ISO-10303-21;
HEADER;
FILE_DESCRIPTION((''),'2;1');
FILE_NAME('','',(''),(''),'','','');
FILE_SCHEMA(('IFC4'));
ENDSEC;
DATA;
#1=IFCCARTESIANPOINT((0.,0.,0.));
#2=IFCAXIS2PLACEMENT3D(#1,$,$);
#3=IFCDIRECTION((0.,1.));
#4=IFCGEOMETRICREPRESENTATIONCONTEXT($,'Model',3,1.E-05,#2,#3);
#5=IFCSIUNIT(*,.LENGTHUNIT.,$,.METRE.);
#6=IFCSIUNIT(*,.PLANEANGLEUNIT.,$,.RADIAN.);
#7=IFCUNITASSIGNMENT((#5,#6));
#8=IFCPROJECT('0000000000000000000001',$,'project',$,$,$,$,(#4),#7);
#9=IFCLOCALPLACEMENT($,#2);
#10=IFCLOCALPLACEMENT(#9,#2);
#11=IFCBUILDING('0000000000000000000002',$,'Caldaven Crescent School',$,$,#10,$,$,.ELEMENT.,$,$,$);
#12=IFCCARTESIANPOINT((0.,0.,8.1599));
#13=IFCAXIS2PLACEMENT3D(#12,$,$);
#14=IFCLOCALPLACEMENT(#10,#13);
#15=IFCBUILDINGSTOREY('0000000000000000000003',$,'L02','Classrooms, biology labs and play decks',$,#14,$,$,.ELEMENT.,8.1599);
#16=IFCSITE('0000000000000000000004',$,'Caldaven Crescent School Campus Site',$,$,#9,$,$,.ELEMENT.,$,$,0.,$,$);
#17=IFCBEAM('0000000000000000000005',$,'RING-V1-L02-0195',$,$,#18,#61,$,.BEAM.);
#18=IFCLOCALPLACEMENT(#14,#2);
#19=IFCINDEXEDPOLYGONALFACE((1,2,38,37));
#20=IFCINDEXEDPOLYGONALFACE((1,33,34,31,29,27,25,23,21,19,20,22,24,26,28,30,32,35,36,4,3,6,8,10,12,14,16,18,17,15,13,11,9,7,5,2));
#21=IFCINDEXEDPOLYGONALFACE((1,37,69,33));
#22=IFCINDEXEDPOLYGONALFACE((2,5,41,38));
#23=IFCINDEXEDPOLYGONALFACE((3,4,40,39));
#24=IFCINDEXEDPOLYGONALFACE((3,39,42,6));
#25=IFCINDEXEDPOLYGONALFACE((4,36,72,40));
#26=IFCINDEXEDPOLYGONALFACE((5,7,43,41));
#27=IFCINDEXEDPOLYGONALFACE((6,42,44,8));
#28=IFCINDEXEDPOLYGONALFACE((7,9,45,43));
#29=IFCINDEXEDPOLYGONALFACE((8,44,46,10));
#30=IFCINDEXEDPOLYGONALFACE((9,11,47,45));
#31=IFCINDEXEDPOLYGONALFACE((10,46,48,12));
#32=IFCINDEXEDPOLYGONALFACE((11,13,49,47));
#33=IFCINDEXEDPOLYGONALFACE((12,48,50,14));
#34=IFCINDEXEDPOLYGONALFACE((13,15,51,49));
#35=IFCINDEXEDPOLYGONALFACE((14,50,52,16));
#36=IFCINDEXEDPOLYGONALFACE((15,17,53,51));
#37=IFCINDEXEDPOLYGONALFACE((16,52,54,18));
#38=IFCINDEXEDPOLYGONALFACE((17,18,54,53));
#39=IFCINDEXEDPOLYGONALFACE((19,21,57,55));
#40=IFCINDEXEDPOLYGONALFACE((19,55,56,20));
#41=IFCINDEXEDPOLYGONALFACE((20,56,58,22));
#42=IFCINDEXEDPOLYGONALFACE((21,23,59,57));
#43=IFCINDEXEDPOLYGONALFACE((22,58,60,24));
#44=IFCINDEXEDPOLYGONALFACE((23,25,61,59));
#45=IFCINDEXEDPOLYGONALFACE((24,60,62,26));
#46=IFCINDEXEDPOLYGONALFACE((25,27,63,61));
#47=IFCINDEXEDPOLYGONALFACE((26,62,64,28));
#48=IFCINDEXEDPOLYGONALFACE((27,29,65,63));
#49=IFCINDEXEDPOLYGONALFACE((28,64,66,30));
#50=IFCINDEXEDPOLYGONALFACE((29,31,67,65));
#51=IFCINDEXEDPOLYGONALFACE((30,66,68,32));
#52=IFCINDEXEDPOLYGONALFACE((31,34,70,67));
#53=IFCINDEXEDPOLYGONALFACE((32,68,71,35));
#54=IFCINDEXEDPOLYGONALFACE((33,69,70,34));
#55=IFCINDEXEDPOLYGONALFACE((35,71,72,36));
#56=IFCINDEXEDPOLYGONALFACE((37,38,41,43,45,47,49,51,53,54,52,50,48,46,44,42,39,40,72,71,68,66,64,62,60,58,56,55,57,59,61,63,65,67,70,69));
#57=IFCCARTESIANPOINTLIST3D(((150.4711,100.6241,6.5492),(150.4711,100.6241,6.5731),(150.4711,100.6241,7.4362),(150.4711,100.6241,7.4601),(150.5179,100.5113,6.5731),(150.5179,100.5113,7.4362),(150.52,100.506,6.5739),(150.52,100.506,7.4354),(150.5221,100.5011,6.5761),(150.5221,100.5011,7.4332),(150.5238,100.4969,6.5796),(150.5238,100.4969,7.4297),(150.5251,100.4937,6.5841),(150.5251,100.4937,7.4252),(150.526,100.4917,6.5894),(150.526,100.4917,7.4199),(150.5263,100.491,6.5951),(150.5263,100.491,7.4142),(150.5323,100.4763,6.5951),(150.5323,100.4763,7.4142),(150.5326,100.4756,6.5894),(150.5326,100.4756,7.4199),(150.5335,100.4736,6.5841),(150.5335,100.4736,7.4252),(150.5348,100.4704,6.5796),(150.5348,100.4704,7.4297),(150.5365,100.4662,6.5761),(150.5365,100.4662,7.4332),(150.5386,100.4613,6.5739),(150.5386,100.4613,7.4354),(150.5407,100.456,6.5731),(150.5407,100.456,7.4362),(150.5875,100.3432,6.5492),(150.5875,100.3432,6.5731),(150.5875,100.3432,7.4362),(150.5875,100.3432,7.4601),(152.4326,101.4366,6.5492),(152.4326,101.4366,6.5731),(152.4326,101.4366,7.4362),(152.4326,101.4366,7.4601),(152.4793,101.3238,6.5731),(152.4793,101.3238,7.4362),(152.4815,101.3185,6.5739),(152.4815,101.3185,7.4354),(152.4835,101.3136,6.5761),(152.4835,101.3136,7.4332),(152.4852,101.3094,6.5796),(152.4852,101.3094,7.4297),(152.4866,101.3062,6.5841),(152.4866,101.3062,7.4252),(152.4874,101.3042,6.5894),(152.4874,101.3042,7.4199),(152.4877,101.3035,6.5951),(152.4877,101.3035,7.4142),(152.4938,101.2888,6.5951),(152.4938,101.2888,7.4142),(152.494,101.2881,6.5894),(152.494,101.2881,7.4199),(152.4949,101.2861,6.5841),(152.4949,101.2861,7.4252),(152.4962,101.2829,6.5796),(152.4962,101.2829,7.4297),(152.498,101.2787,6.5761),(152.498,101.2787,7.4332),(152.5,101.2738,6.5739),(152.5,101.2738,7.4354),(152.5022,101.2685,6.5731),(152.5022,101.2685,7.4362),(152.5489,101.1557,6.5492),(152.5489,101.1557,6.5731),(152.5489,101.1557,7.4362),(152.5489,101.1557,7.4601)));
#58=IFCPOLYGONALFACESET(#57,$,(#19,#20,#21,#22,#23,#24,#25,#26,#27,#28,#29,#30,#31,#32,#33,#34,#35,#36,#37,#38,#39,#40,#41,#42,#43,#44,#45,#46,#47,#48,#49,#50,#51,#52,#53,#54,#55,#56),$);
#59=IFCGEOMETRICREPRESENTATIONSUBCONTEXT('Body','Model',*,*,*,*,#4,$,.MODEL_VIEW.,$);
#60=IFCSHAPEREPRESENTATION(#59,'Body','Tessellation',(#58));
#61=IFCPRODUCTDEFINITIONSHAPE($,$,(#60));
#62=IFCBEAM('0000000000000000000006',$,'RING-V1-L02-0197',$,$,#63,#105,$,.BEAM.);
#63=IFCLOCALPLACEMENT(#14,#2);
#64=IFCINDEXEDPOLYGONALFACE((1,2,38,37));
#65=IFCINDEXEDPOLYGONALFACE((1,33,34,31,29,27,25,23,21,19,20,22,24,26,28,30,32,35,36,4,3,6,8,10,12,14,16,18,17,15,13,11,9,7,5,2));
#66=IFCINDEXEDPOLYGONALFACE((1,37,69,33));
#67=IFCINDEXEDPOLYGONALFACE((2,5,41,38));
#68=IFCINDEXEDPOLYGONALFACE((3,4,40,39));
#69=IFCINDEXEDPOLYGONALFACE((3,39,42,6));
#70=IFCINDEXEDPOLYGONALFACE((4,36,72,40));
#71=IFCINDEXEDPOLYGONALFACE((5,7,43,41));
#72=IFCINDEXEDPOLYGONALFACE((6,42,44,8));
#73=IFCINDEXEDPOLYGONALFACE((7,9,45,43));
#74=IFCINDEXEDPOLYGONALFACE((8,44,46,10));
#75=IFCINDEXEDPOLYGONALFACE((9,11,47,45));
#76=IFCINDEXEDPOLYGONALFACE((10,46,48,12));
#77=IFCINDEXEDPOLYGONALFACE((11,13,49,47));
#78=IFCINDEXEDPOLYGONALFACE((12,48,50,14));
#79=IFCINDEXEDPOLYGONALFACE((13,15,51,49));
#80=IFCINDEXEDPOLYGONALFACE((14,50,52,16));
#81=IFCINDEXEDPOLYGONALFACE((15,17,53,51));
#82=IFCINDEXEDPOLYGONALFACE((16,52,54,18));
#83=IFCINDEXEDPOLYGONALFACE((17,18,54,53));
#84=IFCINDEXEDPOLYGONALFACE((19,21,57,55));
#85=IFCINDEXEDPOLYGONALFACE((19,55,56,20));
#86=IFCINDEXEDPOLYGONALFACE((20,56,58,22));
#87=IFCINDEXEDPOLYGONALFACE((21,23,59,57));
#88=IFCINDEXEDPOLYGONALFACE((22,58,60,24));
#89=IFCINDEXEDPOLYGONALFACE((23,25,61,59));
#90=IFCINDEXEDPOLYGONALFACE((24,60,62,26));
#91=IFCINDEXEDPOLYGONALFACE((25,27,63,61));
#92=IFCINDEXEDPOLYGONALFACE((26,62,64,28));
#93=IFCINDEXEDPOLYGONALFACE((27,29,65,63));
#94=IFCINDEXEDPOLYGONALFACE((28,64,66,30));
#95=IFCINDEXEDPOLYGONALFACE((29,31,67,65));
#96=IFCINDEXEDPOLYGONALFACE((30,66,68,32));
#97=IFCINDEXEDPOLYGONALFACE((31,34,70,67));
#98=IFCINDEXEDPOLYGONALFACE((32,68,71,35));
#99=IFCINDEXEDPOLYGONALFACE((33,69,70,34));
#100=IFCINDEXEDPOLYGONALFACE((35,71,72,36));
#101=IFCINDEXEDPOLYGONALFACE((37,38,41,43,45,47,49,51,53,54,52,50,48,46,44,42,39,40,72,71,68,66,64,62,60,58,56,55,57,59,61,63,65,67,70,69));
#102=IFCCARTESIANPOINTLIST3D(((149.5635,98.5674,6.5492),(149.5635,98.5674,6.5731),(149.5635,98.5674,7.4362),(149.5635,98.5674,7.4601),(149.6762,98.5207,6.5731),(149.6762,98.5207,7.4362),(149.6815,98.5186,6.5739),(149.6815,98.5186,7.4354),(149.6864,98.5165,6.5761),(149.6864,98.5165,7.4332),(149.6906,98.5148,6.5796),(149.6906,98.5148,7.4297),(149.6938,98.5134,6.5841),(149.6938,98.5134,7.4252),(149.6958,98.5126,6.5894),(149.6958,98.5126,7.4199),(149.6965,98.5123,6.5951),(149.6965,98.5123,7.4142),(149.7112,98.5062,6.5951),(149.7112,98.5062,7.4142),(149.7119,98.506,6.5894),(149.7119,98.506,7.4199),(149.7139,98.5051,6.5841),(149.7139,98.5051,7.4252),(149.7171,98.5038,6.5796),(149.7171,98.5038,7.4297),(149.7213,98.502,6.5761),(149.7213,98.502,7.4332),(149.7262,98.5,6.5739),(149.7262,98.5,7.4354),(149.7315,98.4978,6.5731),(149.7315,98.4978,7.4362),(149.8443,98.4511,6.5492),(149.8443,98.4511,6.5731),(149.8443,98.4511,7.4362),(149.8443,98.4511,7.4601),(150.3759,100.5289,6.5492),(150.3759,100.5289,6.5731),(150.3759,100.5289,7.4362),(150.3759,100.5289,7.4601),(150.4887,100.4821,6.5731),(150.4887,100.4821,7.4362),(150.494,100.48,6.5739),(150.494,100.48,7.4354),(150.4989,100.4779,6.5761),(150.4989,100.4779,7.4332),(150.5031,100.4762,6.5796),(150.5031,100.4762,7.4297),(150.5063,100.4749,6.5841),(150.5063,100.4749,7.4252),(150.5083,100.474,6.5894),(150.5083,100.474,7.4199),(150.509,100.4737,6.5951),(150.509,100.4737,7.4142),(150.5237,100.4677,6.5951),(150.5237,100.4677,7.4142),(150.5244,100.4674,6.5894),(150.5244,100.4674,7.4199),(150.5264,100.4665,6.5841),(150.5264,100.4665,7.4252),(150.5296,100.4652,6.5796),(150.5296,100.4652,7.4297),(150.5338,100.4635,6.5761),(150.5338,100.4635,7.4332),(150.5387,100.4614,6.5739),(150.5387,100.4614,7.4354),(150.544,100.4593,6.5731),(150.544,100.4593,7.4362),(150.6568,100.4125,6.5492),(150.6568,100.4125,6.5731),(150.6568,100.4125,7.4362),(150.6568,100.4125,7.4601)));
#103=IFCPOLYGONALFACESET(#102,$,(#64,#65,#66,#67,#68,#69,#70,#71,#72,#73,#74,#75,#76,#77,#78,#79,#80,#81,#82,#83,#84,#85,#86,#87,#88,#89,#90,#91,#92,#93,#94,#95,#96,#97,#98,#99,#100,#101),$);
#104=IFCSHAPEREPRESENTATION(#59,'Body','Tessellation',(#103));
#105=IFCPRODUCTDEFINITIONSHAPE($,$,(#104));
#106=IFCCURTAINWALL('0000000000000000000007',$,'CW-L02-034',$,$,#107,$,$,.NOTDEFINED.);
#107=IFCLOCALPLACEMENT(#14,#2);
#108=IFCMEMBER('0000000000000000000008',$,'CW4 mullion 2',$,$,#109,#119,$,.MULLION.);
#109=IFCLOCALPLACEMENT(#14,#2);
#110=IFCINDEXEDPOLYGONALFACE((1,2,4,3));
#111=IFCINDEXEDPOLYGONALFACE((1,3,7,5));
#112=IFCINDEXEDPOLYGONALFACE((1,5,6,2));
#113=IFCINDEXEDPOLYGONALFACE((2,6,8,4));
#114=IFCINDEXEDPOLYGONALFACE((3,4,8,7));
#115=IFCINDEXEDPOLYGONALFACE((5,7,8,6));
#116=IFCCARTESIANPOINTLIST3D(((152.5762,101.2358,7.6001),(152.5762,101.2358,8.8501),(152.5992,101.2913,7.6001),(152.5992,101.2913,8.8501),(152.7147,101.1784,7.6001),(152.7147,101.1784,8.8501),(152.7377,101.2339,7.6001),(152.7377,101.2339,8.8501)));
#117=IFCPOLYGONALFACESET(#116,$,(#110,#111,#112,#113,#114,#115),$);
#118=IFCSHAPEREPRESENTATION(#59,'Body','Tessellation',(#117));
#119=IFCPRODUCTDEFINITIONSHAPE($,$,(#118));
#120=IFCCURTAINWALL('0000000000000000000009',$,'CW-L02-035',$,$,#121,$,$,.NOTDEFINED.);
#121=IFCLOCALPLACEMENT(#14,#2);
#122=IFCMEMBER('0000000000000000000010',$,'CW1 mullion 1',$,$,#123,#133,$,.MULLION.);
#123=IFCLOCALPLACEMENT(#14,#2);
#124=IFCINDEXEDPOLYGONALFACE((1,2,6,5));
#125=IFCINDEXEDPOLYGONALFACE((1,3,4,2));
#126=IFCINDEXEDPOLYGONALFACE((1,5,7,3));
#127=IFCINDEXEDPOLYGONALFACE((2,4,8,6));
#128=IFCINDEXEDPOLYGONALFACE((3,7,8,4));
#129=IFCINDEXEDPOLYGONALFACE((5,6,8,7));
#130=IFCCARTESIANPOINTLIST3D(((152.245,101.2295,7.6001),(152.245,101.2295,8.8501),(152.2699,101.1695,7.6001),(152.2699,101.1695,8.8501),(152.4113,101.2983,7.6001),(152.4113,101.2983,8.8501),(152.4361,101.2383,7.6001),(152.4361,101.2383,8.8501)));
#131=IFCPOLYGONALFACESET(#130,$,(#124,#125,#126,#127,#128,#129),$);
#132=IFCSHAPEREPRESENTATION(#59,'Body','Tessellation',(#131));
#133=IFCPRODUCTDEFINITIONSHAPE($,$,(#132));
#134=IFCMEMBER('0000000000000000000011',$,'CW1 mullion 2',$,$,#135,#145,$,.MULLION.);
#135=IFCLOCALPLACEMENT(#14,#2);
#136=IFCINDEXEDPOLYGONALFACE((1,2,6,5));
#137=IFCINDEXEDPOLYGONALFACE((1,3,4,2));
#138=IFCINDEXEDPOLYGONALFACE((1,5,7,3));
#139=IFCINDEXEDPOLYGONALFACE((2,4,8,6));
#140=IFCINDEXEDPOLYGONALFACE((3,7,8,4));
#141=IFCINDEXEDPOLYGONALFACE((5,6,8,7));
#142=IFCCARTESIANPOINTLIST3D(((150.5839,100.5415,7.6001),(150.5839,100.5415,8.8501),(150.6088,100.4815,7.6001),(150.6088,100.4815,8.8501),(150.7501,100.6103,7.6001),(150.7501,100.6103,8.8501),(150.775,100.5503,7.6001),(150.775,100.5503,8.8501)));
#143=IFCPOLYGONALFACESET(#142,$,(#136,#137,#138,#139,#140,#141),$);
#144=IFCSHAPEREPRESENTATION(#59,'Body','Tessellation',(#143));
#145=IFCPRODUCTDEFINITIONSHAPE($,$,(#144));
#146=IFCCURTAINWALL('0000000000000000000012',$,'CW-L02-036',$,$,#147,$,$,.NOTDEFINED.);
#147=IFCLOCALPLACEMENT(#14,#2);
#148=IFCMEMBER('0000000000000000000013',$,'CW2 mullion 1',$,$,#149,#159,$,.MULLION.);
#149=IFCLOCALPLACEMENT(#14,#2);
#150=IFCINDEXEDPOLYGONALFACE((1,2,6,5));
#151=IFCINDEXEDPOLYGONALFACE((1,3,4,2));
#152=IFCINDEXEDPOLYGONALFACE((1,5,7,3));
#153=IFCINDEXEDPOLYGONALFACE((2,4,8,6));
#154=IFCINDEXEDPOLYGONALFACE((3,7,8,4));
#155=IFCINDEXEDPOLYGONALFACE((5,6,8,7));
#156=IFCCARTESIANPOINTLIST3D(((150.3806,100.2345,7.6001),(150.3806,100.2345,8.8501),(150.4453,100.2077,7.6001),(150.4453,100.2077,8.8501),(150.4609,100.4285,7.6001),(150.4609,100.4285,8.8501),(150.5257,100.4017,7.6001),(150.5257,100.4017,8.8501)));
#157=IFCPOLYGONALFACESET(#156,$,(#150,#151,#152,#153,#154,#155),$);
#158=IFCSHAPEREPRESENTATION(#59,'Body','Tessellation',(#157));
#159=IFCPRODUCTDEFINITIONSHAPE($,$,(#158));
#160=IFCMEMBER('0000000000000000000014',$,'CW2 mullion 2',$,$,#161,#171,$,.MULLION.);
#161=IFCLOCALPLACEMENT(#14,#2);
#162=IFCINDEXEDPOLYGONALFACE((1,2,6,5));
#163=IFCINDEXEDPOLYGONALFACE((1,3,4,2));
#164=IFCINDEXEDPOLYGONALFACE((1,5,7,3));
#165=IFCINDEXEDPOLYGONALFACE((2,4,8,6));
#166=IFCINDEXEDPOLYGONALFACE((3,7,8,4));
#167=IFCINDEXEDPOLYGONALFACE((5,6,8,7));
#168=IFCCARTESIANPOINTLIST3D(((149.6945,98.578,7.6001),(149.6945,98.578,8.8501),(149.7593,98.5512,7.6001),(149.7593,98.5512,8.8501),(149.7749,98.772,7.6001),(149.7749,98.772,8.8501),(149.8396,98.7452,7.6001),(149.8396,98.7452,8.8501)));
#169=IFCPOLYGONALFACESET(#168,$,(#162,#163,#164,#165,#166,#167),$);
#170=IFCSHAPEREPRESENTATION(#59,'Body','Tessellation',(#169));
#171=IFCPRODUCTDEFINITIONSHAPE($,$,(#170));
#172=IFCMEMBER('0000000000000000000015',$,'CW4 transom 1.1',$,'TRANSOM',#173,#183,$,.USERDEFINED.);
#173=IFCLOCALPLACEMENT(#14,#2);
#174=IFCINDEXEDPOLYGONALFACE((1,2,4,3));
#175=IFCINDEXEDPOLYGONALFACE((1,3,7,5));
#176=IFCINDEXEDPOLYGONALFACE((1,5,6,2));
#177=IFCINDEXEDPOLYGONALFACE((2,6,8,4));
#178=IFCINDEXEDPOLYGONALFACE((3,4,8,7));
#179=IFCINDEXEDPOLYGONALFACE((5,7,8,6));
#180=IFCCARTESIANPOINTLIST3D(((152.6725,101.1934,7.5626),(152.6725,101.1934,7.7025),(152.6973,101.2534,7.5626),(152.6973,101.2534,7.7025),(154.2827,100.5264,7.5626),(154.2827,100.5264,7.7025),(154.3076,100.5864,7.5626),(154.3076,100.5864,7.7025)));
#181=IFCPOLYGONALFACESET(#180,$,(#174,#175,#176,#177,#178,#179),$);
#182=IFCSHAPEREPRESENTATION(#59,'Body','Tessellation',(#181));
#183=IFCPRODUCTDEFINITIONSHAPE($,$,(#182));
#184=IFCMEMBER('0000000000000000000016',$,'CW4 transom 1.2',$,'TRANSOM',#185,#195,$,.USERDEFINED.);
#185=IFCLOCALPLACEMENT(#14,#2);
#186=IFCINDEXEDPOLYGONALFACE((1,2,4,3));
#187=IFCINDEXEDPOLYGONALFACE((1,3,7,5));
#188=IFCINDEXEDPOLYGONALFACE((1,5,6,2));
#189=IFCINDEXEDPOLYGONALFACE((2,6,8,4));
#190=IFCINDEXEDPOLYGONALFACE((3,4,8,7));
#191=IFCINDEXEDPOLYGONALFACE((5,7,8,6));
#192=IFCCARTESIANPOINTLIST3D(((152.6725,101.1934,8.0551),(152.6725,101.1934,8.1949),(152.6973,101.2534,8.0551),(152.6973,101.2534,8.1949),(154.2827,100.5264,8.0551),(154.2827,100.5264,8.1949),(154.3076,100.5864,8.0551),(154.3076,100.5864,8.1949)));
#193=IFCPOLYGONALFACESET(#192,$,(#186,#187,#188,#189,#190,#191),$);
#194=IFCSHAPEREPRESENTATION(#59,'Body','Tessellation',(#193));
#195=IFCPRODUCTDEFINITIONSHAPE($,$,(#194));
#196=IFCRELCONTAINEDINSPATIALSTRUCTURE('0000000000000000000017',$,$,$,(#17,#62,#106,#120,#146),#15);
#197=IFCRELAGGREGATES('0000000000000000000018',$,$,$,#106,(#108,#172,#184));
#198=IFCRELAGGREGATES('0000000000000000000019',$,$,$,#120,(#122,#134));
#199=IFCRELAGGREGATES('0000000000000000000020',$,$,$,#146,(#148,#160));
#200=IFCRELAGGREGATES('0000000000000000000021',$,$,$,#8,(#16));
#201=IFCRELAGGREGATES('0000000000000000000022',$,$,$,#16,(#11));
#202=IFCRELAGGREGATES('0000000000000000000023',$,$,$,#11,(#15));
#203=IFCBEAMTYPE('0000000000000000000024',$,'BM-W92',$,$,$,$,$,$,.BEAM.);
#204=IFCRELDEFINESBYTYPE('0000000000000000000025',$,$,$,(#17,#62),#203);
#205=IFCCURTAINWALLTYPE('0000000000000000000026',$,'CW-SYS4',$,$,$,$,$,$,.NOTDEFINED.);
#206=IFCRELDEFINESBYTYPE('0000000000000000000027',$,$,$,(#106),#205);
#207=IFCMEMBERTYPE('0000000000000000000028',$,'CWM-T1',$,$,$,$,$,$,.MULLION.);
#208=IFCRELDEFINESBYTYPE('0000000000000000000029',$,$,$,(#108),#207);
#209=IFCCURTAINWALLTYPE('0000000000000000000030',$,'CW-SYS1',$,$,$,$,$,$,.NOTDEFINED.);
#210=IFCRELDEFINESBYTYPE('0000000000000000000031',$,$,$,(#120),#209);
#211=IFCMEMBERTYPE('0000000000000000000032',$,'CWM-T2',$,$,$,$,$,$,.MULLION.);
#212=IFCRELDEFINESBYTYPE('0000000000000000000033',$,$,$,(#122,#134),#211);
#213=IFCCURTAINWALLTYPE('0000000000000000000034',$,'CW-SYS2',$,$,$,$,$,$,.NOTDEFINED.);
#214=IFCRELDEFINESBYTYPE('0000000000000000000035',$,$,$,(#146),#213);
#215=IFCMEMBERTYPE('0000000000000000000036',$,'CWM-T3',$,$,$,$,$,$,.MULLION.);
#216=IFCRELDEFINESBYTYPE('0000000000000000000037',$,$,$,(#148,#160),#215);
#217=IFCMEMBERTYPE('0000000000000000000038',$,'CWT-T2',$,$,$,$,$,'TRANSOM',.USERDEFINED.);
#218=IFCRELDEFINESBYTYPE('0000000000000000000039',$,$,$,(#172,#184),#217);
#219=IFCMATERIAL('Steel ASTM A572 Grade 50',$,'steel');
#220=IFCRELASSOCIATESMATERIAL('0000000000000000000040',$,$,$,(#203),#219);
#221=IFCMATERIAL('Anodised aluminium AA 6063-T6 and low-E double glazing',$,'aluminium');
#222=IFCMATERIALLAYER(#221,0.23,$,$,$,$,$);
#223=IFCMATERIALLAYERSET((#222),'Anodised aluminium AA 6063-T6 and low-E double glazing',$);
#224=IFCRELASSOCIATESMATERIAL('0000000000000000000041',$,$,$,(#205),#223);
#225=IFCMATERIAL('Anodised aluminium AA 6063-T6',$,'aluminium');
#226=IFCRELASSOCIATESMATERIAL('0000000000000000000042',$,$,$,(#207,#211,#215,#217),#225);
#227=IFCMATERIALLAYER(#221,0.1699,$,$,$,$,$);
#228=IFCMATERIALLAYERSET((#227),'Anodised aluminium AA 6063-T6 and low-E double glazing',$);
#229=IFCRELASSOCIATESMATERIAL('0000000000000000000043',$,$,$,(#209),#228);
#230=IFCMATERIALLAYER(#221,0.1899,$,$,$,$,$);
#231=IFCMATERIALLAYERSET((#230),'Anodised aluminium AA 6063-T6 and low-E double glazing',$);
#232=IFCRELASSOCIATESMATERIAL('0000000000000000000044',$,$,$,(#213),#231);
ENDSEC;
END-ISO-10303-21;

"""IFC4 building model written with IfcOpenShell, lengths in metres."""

from ifc_helpers import new_model, si_unit, direction, frame, origin, origin_2d, place, context, subcontext, project, spatial, rectangle, i_section, extrude, material, layer, layer_set, material_profile, profile_set, type_object, element, aggregate, save


model = new_model("IFC4")

# Units and contexts
model_context = context("Model", 3, precision=1e-05, world=origin(), true_north=direction((0.0, 1.0)))
body_context = subcontext(model_context, "Body", "Model", "MODEL_VIEW")
ifc_project = project(units=[si_unit("LENGTHUNIT", "METRE"), si_unit("PLANEANGLEUNIT", "RADIAN")], contexts=[model_context])

# Site, building, storey
site_placement = place(None, origin())
site = spatial("IfcSite", under=ifc_project, at=site_placement, Name="Caldaven Crescent School Campus Site", CompositionType="ELEMENT", RefElevation=0.0)
building_placement = place(site_placement, origin())
building = spatial("IfcBuilding", under=site, at=building_placement, Name="Caldaven Crescent School", CompositionType="ELEMENT")
storey_placement = place(building_placement, frame((0.0, 0.0, 8.1599)))
storey = spatial("IfcBuildingStorey", under=building, at=storey_placement, Name="L02", Description="Classrooms, biology labs and play decks", CompositionType="ELEMENT", Elevation=8.1599)

# Shared definitions
ifc_material_1 = material(Name="Steel ASTM A572 Grade 50", Category="steel")

# Beams
ifc_material_profile_1 = material_profile(ifc_material_1, i_section(OverallWidth=0.304, OverallDepth=0.9109, WebThickness=0.0159, FlangeThickness=0.0239, FilletRadius=0.022, at=origin_2d()), Name="W920x223")
ifc_profile_set_1 = profile_set([ifc_material_profile_1], Name="Steel ASTM A572 Grade 50")
beam_type_1 = type_object("IfcBeamType", Name="BM-W92", PredefinedType="BEAM", material=ifc_profile_set_1)
for number, where, z_axis, x_axis, name in (
    (1, (152.4907, 101.2961, 7.0046), (-0.923871, -0.382704, 0.0), (0.382704, -0.923871, 0.0), "RING-V1-L02-0195"),
    (2, (150.5164, 100.4707, 7.0046), (-0.382704, -0.923871, 0.0), (0.923871, -0.382704, 0.0), "RING-V1-L02-0197"),
):
    element("IfcBeam", number, at=place(storey_placement, frame(where, z_axis=z_axis, x_axis=x_axis)), inside=storey, type_object=beam_type_1, Name=name, PredefinedType="BEAM", context=body_context, shape_type="SweptSolid", body=[
        extrude(i_section(OverallWidth=0.304, OverallDepth=0.9109, WebThickness=0.0159, FlangeThickness=0.0239, FilletRadius=0.022, at=origin_2d()), origin(), (0.0, 0.0, 1.0), 2.123),
    ])

# Curtain wall, member
ifc_material_2 = material(Name="Anodised aluminium AA 6063-T6 and low-E double glazing", Category="aluminium")
ifc_layer_1 = layer(ifc_material_2, 0.23)
ifc_layer_set_1 = layer_set([ifc_layer_1], Name="Anodised aluminium AA 6063-T6 and low-E double glazing")
curtain_wall_type_1 = type_object("IfcCurtainWallType", Name="CW-SYS4", PredefinedType="NOTDEFINED", material=ifc_layer_set_1)
curtain_wall_1_placement = place(storey_placement, origin())
curtain_wall_1 = element("IfcCurtainWall", 3, at=curtain_wall_1_placement, inside=storey, type_object=curtain_wall_type_1, Name="CW-L02-034", PredefinedType="NOTDEFINED")
ifc_material_3 = material(Name="Anodised aluminium AA 6063-T6", Category="aluminium")
ifc_material_profile_2 = material_profile(ifc_material_3, rectangle(XDim=0.0601, YDim=0.1499, at=origin_2d()), Name="CWM 60x150")
ifc_profile_set_2 = profile_set([ifc_material_profile_2], Name="Anodised aluminium AA 6063-T6")
member_type_1 = type_object("IfcMemberType", Name="CWM-T1", PredefinedType="MULLION", material=ifc_profile_set_2)
member_1_placement = place(storey_placement, frame((152.657, 101.2349, 7.6001), z_axis=(0.0, 0.0, 1.0), x_axis=(-0.382682, -0.92388, 0.0)))
member_1 = element("IfcMember", 4, at=member_1_placement, type_object=member_type_1, Name="CW4 mullion 2", PredefinedType="MULLION", context=body_context, shape_type="SweptSolid", body=[
    extrude(rectangle(XDim=0.0601, YDim=0.1499, at=origin_2d()), origin(), (0.0, 0.0, 1.0), 1.25),
])

# Curtain walls, members
ifc_layer_2 = layer(ifc_material_2, 0.1699)
ifc_layer_set_2 = layer_set([ifc_layer_2], Name="Anodised aluminium AA 6063-T6 and low-E double glazing")
curtain_wall_type_2 = type_object("IfcCurtainWallType", Name="CW-SYS1", PredefinedType="NOTDEFINED", material=ifc_layer_set_2)
curtain_wall_2_placement = place(storey_placement, origin())
curtain_wall_2 = element("IfcCurtainWall", 5, at=curtain_wall_2_placement, inside=storey, type_object=curtain_wall_type_2, Name="CW-L02-035", PredefinedType="NOTDEFINED")
ifc_material_profile_3 = material_profile(ifc_material_3, rectangle(XDim=0.0649, YDim=0.1799, at=origin_2d()), Name="CWM 65x180")
ifc_profile_set_3 = profile_set([ifc_material_profile_3], Name="Anodised aluminium AA 6063-T6")
member_type_2 = type_object("IfcMemberType", Name="CWM-T2", PredefinedType="MULLION", material=ifc_profile_set_3)
member_2_placement = place(storey_placement, frame((152.3406, 101.2339, 7.6001), z_axis=(0.0, 0.0, 1.0), x_axis=(0.382682, -0.92388, 0.0)))
member_2 = element("IfcMember", 6, at=member_2_placement, type_object=member_type_2, Name="CW1 mullion 1", PredefinedType="MULLION", context=body_context, shape_type="SweptSolid", body=[
    extrude(rectangle(XDim=0.0649, YDim=0.1799, at=origin_2d()), origin(), (0.0, 0.0, 1.0), 1.25),
])
member_3_placement = place(storey_placement, frame((150.6794, 100.5459, 7.6001), z_axis=(0.0, 0.0, 1.0), x_axis=(0.382682, -0.92388, 0.0)))
member_3 = element("IfcMember", 7, at=member_3_placement, type_object=member_type_2, Name="CW1 mullion 2", PredefinedType="MULLION", context=body_context, shape_type="SweptSolid", body=[
    extrude(rectangle(XDim=0.0649, YDim=0.1799, at=origin_2d()), origin(), (0.0, 0.0, 1.0), 1.25),
])
ifc_layer_3 = layer(ifc_material_2, 0.1899)
ifc_layer_set_3 = layer_set([ifc_layer_3], Name="Anodised aluminium AA 6063-T6 and low-E double glazing")
curtain_wall_type_3 = type_object("IfcCurtainWallType", Name="CW-SYS2", PredefinedType="NOTDEFINED", material=ifc_layer_set_3)
curtain_wall_3_placement = place(storey_placement, origin())
curtain_wall_3 = element("IfcCurtainWall", 8, at=curtain_wall_3_placement, inside=storey, type_object=curtain_wall_type_3, Name="CW-L02-036", PredefinedType="NOTDEFINED")
ifc_material_profile_4 = material_profile(ifc_material_3, rectangle(XDim=0.0701, YDim=0.21, at=origin_2d()), Name="CWM 70x210")
ifc_profile_set_4 = profile_set([ifc_material_profile_4], Name="Anodised aluminium AA 6063-T6")
member_type_3 = type_object("IfcMemberType", Name="CWM-T3", PredefinedType="MULLION", material=ifc_profile_set_4)
member_4_placement = place(storey_placement, frame((150.4531, 100.3181, 7.6001), z_axis=(0.0, 0.0, 1.0), x_axis=(0.92388, -0.382682, 0.0)))
member_4 = element("IfcMember", 9, at=member_4_placement, type_object=member_type_3, Name="CW2 mullion 1", PredefinedType="MULLION", context=body_context, shape_type="SweptSolid", body=[
    extrude(rectangle(XDim=0.0701, YDim=0.21, at=origin_2d()), origin(), (0.0, 0.0, 1.0), 1.25),
])
member_5_placement = place(storey_placement, frame((149.7671, 98.6616, 7.6001), z_axis=(0.0, 0.0, 1.0), x_axis=(0.92388, -0.382682, 0.0)))
member_5 = element("IfcMember", 10, at=member_5_placement, type_object=member_type_3, Name="CW2 mullion 2", PredefinedType="MULLION", context=body_context, shape_type="SweptSolid", body=[
    extrude(rectangle(XDim=0.0701, YDim=0.21, at=origin_2d()), origin(), (0.0, 0.0, 1.0), 1.25),
])

# Members
ifc_material_profile_5 = material_profile(ifc_material_3, rectangle(XDim=0.0649, YDim=0.1399, at=origin_2d()), Name="CWT 65x140")
ifc_profile_set_5 = profile_set([ifc_material_profile_5], Name="Anodised aluminium AA 6063-T6")
member_type_4 = type_object("IfcMemberType", Name="CWT-T2", ElementType="TRANSOM", PredefinedType="USERDEFINED", material=ifc_profile_set_5)
member_6_placement = place(storey_placement, frame((154.2952, 100.5564, 7.6326), z_axis=(-0.923887, 0.382665, 0.0), x_axis=(-0.382665, -0.923887, 0.0)))
member_6 = element("IfcMember", 11, at=member_6_placement, type_object=member_type_4, Name="CW4 transom 1.1", ObjectType="TRANSOM", PredefinedType="USERDEFINED", context=body_context, shape_type="SweptSolid", body=[
    extrude(rectangle(XDim=0.0649, YDim=0.1399, at=origin_2d()), origin(), (0.0, 0.0, 1.0), 1.7429),
])
member_7_placement = place(storey_placement, frame((154.2952, 100.5564, 8.125), z_axis=(-0.923887, 0.382665, 0.0), x_axis=(-0.382665, -0.923887, 0.0)))
member_7 = element("IfcMember", 12, at=member_7_placement, type_object=member_type_4, Name="CW4 transom 1.2", ObjectType="TRANSOM", PredefinedType="USERDEFINED", context=body_context, shape_type="SweptSolid", body=[
    extrude(rectangle(XDim=0.0649, YDim=0.1399, at=origin_2d()), origin(), (0.0, 0.0, 1.0), 1.7429),
])

aggregate(curtain_wall_1, [member_1, member_6, member_7])
aggregate(curtain_wall_2, [member_2, member_3])
aggregate(curtain_wall_3, [member_4, member_5])

save(model, "model.ifc")
